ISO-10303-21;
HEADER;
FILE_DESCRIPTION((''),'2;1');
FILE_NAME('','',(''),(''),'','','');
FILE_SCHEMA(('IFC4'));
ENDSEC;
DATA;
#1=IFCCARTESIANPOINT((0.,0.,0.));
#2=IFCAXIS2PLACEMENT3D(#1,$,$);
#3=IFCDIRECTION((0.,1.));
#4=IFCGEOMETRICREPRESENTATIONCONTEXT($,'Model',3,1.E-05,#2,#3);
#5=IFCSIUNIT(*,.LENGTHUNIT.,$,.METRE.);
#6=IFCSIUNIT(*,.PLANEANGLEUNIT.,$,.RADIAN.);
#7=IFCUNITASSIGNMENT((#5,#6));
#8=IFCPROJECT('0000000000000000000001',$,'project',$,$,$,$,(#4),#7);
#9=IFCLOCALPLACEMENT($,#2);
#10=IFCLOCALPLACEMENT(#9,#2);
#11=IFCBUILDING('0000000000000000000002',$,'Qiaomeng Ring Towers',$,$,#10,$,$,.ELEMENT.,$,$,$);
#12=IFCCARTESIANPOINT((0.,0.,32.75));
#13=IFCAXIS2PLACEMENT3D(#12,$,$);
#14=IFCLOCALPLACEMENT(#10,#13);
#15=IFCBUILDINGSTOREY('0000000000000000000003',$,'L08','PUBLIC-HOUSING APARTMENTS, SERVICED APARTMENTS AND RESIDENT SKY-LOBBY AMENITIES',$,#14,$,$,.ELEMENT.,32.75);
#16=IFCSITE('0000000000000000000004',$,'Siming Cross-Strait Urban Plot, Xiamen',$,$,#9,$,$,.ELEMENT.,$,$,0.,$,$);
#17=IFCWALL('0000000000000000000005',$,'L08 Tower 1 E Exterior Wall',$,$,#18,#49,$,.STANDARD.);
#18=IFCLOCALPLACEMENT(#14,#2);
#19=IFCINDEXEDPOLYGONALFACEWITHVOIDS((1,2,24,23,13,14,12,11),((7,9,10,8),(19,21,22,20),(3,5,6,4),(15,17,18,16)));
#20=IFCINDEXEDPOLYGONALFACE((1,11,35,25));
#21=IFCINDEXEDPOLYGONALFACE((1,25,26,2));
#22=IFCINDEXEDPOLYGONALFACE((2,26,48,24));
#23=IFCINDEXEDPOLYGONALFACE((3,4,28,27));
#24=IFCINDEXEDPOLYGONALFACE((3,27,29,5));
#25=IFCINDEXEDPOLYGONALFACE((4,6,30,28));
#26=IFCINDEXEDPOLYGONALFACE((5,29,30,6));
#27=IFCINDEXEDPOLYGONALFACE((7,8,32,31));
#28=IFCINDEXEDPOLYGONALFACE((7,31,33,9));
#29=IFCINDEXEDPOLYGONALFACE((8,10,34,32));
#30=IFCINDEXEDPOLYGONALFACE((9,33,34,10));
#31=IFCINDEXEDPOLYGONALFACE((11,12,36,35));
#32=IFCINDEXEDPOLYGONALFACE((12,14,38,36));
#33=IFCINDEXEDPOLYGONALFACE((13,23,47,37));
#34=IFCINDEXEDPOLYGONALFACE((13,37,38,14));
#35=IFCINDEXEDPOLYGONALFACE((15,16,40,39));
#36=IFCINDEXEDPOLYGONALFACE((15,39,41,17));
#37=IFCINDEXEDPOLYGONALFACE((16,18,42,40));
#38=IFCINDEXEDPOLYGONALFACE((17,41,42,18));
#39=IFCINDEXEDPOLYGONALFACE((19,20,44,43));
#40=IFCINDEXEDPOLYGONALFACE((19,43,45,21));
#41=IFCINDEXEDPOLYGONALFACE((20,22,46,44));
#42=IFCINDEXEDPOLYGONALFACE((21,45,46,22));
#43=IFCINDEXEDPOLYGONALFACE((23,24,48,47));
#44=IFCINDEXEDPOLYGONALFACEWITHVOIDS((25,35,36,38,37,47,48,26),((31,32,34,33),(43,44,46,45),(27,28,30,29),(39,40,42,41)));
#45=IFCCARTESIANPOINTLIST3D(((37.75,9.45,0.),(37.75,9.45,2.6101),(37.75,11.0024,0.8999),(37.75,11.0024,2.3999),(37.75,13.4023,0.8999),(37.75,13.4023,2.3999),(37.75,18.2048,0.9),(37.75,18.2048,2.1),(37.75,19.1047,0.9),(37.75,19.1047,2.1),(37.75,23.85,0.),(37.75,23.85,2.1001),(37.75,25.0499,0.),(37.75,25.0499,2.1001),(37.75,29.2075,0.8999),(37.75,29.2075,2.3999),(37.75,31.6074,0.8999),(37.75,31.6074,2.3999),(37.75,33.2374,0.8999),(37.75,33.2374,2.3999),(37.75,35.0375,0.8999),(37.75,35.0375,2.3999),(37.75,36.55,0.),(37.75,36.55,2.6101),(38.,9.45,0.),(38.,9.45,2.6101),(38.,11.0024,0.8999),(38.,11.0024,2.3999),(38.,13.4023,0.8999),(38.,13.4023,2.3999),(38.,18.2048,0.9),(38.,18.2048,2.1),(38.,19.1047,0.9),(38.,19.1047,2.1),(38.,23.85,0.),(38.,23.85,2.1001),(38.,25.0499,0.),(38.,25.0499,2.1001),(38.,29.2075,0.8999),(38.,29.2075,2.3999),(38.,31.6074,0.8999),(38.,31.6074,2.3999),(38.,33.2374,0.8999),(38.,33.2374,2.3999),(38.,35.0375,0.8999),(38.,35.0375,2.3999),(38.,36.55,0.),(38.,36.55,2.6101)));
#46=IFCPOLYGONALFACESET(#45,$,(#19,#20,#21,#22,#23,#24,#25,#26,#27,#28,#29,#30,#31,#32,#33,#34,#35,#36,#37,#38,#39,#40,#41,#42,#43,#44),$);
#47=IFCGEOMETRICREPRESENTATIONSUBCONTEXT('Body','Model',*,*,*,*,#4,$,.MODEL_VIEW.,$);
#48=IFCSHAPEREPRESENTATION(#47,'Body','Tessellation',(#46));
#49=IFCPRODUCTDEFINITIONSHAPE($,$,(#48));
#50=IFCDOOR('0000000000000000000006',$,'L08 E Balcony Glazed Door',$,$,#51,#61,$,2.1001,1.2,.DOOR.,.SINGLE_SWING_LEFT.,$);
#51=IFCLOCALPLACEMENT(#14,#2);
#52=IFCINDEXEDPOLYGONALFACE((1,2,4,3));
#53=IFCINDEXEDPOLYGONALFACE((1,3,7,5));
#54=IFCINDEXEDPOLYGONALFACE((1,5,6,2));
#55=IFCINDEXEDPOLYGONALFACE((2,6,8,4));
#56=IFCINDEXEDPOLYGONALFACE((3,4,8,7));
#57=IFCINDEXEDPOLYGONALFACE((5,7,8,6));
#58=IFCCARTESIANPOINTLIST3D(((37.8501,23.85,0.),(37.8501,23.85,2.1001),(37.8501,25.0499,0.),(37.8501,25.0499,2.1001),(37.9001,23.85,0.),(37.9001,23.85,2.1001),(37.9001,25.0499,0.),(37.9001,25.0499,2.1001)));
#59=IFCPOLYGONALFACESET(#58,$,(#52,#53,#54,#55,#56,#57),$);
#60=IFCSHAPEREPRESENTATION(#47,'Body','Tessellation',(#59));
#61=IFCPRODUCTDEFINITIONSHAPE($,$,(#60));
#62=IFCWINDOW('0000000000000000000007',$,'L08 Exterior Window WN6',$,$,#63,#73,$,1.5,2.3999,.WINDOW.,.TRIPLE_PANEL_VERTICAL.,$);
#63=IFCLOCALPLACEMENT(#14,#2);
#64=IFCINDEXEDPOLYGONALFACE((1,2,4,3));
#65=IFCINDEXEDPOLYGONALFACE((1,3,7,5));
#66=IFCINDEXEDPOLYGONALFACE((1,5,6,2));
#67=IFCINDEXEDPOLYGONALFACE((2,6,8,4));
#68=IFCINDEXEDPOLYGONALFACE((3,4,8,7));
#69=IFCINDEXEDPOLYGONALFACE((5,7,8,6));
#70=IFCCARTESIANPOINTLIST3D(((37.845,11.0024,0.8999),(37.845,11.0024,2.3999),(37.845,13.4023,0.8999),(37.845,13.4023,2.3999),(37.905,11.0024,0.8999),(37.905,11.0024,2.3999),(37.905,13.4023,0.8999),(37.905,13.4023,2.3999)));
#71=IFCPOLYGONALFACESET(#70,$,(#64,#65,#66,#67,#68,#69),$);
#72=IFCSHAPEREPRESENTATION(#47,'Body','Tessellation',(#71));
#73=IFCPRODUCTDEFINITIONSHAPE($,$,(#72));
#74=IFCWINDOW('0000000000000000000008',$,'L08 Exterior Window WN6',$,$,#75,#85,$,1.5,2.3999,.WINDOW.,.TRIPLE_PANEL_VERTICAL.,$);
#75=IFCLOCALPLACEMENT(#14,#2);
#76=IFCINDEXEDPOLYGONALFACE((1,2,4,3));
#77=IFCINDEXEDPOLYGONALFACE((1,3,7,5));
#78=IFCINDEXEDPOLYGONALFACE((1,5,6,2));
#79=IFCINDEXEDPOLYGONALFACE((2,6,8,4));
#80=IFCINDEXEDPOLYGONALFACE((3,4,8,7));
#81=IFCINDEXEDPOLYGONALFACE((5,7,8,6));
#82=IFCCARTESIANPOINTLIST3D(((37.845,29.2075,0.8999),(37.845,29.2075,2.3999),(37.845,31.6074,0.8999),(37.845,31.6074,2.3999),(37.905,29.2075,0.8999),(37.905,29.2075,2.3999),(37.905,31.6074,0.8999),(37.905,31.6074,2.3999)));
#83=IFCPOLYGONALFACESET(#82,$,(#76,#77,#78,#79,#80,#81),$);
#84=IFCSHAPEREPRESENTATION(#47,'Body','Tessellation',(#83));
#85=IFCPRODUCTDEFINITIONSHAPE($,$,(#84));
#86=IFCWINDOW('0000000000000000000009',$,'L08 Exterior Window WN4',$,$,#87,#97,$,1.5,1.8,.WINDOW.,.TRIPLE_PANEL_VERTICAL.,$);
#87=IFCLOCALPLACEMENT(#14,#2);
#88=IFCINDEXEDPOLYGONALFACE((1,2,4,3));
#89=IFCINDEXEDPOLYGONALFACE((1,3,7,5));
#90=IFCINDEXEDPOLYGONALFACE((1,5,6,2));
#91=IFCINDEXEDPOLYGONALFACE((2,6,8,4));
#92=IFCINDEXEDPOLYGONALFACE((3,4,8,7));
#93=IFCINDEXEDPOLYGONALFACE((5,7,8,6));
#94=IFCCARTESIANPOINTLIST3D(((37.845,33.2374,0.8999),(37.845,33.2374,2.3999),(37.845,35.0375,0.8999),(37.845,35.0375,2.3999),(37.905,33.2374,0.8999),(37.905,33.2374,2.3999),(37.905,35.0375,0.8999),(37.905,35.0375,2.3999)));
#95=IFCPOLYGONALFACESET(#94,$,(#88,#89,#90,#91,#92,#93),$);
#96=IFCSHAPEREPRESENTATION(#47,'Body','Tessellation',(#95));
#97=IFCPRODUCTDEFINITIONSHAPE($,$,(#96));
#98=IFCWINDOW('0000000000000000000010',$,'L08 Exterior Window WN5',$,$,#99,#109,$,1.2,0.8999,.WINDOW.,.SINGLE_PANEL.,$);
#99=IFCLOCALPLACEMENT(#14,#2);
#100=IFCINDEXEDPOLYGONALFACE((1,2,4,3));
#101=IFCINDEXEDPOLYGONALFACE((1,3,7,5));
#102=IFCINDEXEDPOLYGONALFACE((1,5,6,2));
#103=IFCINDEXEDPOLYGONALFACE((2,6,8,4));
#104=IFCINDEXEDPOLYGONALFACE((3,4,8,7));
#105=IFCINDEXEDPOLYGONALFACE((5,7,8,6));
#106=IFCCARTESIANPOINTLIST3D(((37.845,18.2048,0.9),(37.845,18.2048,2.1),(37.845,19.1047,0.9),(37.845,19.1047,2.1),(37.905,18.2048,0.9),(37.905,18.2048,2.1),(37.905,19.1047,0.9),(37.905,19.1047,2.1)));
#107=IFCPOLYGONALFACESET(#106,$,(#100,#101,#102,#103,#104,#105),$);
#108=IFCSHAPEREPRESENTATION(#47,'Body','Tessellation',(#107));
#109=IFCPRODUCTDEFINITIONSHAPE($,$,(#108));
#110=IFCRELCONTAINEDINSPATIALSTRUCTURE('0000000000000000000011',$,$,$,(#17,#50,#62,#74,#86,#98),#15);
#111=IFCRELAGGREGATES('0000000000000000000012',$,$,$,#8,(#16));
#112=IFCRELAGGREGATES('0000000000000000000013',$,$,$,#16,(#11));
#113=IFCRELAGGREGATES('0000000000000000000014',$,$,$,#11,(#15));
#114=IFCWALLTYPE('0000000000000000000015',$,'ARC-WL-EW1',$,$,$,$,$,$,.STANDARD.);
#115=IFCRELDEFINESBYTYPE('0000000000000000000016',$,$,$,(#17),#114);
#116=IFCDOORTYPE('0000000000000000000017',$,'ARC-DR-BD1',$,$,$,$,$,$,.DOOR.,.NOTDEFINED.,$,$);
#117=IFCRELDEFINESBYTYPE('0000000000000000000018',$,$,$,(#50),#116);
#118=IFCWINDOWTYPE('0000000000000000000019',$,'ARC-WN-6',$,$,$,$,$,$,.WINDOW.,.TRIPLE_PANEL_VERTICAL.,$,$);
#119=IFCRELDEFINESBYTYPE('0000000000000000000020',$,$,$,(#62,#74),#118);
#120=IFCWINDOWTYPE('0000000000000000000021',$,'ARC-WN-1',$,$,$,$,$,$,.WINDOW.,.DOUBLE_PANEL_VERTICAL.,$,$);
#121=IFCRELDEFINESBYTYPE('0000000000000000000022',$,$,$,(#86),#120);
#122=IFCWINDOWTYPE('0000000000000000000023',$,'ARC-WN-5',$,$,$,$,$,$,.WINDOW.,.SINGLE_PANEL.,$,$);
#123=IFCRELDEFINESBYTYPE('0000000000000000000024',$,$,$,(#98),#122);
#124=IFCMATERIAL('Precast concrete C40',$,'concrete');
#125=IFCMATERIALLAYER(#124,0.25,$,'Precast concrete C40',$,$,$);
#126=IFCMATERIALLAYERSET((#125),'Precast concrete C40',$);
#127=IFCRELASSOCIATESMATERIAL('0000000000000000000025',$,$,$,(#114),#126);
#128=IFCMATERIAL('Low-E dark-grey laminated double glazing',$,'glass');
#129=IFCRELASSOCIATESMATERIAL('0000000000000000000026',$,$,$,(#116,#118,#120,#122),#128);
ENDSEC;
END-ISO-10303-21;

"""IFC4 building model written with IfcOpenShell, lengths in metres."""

from ifc_helpers import new_model, si_unit, direction, frame, frame_2d, origin, place, context, subcontext, project, spatial, rectangle, extrude, source, transform, mapped, material, layer, layer_set, type_object, element, fill, save


model = new_model("IFC4")

# Units and contexts
model_context = context("Model", 3, precision=1e-05, world=origin(), true_north=direction((0.0, 1.0)))
body_context = subcontext(model_context, "Body", "Model", "MODEL_VIEW")
ifc_project = project(units=[si_unit("LENGTHUNIT", "METRE"), si_unit("PLANEANGLEUNIT", "RADIAN")], contexts=[model_context])

# Site, building, storey
site_placement = place(None, origin())
site = spatial("IfcSite", under=ifc_project, at=site_placement, Name="Siming Cross-Strait Urban Plot, Xiamen", CompositionType="ELEMENT", RefElevation=0.0)
building_placement = place(site_placement, origin())
building = spatial("IfcBuilding", under=site, at=building_placement, Name="Qiaomeng Ring Towers", CompositionType="ELEMENT")
storey_placement = place(building_placement, frame((0.0, 0.0, 32.75)))
storey = spatial("IfcBuildingStorey", under=building, at=storey_placement, Name="L08", Description="PUBLIC-HOUSING APARTMENTS, SERVICED APARTMENTS AND RESIDENT SKY-LOBBY AMENITIES", CompositionType="ELEMENT", Elevation=32.75)

# Shared definitions
ifc_material_1 = material(Name="Low-E dark-grey laminated double glazing", Category="glass")

# Wall, openings, door, windows
ifc_material_2 = material(Name="Precast concrete C40", Category="concrete")
ifc_layer_1 = layer(ifc_material_2, 0.25, Name="Precast concrete C40")
ifc_layer_set_1 = layer_set([ifc_layer_1], Name="Precast concrete C40")
wall_type_1 = type_object("IfcWallType", Name="ARC-WL-EW1", PredefinedType="STANDARD", material=ifc_layer_set_1)
wall_1_placement = place(storey_placement, frame((37.875, 9.45, 0.0), z_axis=(0.0, 0.0, 1.0), x_axis=(0.0, 1.0, 0.0)))
wall_1 = element("IfcWall", 1, at=wall_1_placement, inside=storey, type_object=wall_type_1, Name="L08 Tower 1 E Exterior Wall", PredefinedType="STANDARD", context=body_context, shape_type="SweptSolid", body=[
    extrude(rectangle(XDim=27.1001, YDim=0.25, at=frame_2d((13.55, 0.0))), origin(), (0.0, 0.0, 1.0), 2.6101),
])
opening_1_placement = place(wall_1_placement, frame((14.3999, 0.0, 0.0)))
opening_1 = element("IfcOpeningElement", 2, at=opening_1_placement, cuts=wall_1, PredefinedType="OPENING", context=body_context, shape_type="SweptSolid", body=[
    extrude(rectangle(XDim=1.2, YDim=2.1001, at=frame_2d((0.6001, 1.05))), frame((0.0, 0.135, 0.0), z_axis=(0.0, -1.0, 0.0), x_axis=(1.0, 0.0, 0.0)), (0.0, 0.0, 1.0), 0.27),
])
opening_2_placement = place(wall_1_placement, frame((1.5525, 0.0, 0.8999)))
opening_2 = element("IfcOpeningElement", 3, at=opening_2_placement, cuts=wall_1, PredefinedType="OPENING", context=body_context, shape_type="SweptSolid", body=[
    extrude(rectangle(XDim=2.3999, YDim=1.5, at=frame_2d((1.2, 0.75))), frame((0.0, 0.135, 0.0), z_axis=(0.0, -1.0, 0.0), x_axis=(1.0, 0.0, 0.0)), (0.0, 0.0, 1.0), 0.27),
])
opening_3_placement = place(wall_1_placement, frame((23.7876, 0.0, 0.8999)))
opening_3 = element("IfcOpeningElement", 4, at=opening_3_placement, cuts=wall_1, PredefinedType="OPENING", context=body_context, shape_type="SweptSolid", body=[
    extrude(rectangle(XDim=1.8, YDim=1.5, at=frame_2d((0.8999, 0.75))), frame((0.0, 0.135, 0.0), z_axis=(0.0, -1.0, 0.0), x_axis=(1.0, 0.0, 0.0)), (0.0, 0.0, 1.0), 0.27),
])
opening_4_placement = place(wall_1_placement, frame((19.7576, 0.0, 0.8999)))
opening_4 = element("IfcOpeningElement", 5, at=opening_4_placement, cuts=wall_1, PredefinedType="OPENING", context=body_context, shape_type="SweptSolid", body=[
    extrude(rectangle(XDim=2.3999, YDim=1.5, at=frame_2d((1.2, 0.75))), frame((0.0, 0.135, 0.0), z_axis=(0.0, -1.0, 0.0), x_axis=(1.0, 0.0, 0.0)), (0.0, 0.0, 1.0), 0.27),
])
opening_5_placement = place(wall_1_placement, frame((8.7549, 0.0, 0.8999)))
opening_5 = element("IfcOpeningElement", 6, at=opening_5_placement, cuts=wall_1, PredefinedType="OPENING", context=body_context, shape_type="SweptSolid", body=[
    extrude(rectangle(XDim=0.8999, YDim=1.2, at=frame_2d((0.45, 0.6001))), frame((0.0, 0.135, 0.0), z_axis=(0.0, -1.0, 0.0), x_axis=(1.0, 0.0, 0.0)), (0.0, 0.0, 1.0), 0.27),
])
door_type_1 = type_object("IfcDoorType", Name="ARC-DR-BD1", OperationType="NOTDEFINED", PredefinedType="DOOR", material=ifc_material_1)
shared_shape_1 = source(origin(), body_context, "Body", "SweptSolid", [
    extrude(rectangle(XDim=1.2, YDim=2.1001, at=frame_2d((0.6001, 1.05))), frame((0.0, 0.0249, 0.0), z_axis=(0.0, -1.0, 0.0), x_axis=(1.0, 0.0, 0.0)), (0.0, 0.0, 1.0), 0.05),
])
door_1_placement = place(opening_1_placement, origin())
door_1 = element("IfcDoor", 7, at=door_1_placement, inside=storey, type_object=door_type_1, Name="L08 E Balcony Glazed Door", OperationType="SINGLE_SWING_LEFT", OverallHeight=2.1001, OverallWidth=1.2, PredefinedType="DOOR", context=body_context, shape_type="MappedRepresentation", body=[
    mapped(shared_shape_1, transform((0.0, 0.0, 0.0), x_axis=(1.0, 0.0, 0.0), y_axis=(0.0, 1.0, 0.0), z_axis=(0.0, 0.0, 1.0), scale=1.0)),
])
fill(opening_1, door_1)
window_type_1 = type_object("IfcWindowType", Name="ARC-WN-6", PartitioningType="TRIPLE_PANEL_VERTICAL", PredefinedType="WINDOW", material=ifc_material_1)
shared_shape_2 = source(origin(), body_context, "Body", "SweptSolid", [
    extrude(rectangle(XDim=2.3999, YDim=1.5, at=frame_2d((1.2, 0.75))), frame((0.0, 0.03, 0.0), z_axis=(0.0, -1.0, 0.0), x_axis=(1.0, 0.0, 0.0)), (0.0, 0.0, 1.0), 0.0601),
])
window_1_placement = place(opening_2_placement, origin())
window_1 = element("IfcWindow", 8, at=window_1_placement, inside=storey, type_object=window_type_1, Name="L08 Exterior Window WN6", OverallHeight=1.5, OverallWidth=2.3999, PartitioningType="TRIPLE_PANEL_VERTICAL", PredefinedType="WINDOW", context=body_context, shape_type="MappedRepresentation", body=[
    mapped(shared_shape_2, transform((0.0, 0.0, 0.0), x_axis=(1.0, 0.0, 0.0), y_axis=(0.0, 1.0, 0.0), z_axis=(0.0, 0.0, 1.0), scale=1.0)),
])
fill(opening_2, window_1)
window_2_placement = place(opening_4_placement, origin())
window_2 = element("IfcWindow", 9, at=window_2_placement, inside=storey, type_object=window_type_1, Name="L08 Exterior Window WN6", OverallHeight=1.5, OverallWidth=2.3999, PartitioningType="TRIPLE_PANEL_VERTICAL", PredefinedType="WINDOW", context=body_context, shape_type="MappedRepresentation", body=[
    mapped(shared_shape_2, transform((0.0, 0.0, 0.0), x_axis=(1.0, 0.0, 0.0), y_axis=(0.0, 1.0, 0.0), z_axis=(0.0, 0.0, 1.0), scale=1.0)),
])
fill(opening_4, window_2)
window_type_2 = type_object("IfcWindowType", Name="ARC-WN-1", PartitioningType="DOUBLE_PANEL_VERTICAL", PredefinedType="WINDOW", material=ifc_material_1)
shared_shape_3 = source(origin(), body_context, "Body", "SweptSolid", [
    extrude(rectangle(XDim=1.8, YDim=1.5, at=frame_2d((0.8999, 0.75))), frame((0.0, 0.03, 0.0), z_axis=(0.0, -1.0, 0.0), x_axis=(1.0, 0.0, 0.0)), (0.0, 0.0, 1.0), 0.0601),
])
window_3_placement = place(opening_3_placement, origin())
window_3 = element("IfcWindow", 10, at=window_3_placement, inside=storey, type_object=window_type_2, Name="L08 Exterior Window WN4", OverallHeight=1.5, OverallWidth=1.8, PartitioningType="TRIPLE_PANEL_VERTICAL", PredefinedType="WINDOW", context=body_context, shape_type="MappedRepresentation", body=[
    mapped(shared_shape_3, transform((0.0, 0.0, 0.0), x_axis=(1.0, 0.0, 0.0), y_axis=(0.0, 1.0, 0.0), z_axis=(0.0, 0.0, 1.0), scale=1.0)),
])
fill(opening_3, window_3)
window_type_3 = type_object("IfcWindowType", Name="ARC-WN-5", PartitioningType="SINGLE_PANEL", PredefinedType="WINDOW", material=ifc_material_1)
shared_shape_4 = source(origin(), body_context, "Body", "SweptSolid", [
    extrude(rectangle(XDim=0.8999, YDim=1.2, at=frame_2d((0.45, 0.6001))), frame((0.0, 0.03, 0.0), z_axis=(0.0, -1.0, 0.0), x_axis=(1.0, 0.0, 0.0)), (0.0, 0.0, 1.0), 0.0601),
])
window_4_placement = place(opening_5_placement, origin())
window_4 = element("IfcWindow", 11, at=window_4_placement, inside=storey, type_object=window_type_3, Name="L08 Exterior Window WN5", OverallHeight=1.2, OverallWidth=0.8999, PartitioningType="SINGLE_PANEL", PredefinedType="WINDOW", context=body_context, shape_type="MappedRepresentation", body=[
    mapped(shared_shape_4, transform((0.0, 0.0, 0.0), x_axis=(1.0, 0.0, 0.0), y_axis=(0.0, 1.0, 0.0), z_axis=(0.0, 0.0, 1.0), scale=1.0)),
])
fill(opening_5, window_4)

save(model, "model.ifc")
